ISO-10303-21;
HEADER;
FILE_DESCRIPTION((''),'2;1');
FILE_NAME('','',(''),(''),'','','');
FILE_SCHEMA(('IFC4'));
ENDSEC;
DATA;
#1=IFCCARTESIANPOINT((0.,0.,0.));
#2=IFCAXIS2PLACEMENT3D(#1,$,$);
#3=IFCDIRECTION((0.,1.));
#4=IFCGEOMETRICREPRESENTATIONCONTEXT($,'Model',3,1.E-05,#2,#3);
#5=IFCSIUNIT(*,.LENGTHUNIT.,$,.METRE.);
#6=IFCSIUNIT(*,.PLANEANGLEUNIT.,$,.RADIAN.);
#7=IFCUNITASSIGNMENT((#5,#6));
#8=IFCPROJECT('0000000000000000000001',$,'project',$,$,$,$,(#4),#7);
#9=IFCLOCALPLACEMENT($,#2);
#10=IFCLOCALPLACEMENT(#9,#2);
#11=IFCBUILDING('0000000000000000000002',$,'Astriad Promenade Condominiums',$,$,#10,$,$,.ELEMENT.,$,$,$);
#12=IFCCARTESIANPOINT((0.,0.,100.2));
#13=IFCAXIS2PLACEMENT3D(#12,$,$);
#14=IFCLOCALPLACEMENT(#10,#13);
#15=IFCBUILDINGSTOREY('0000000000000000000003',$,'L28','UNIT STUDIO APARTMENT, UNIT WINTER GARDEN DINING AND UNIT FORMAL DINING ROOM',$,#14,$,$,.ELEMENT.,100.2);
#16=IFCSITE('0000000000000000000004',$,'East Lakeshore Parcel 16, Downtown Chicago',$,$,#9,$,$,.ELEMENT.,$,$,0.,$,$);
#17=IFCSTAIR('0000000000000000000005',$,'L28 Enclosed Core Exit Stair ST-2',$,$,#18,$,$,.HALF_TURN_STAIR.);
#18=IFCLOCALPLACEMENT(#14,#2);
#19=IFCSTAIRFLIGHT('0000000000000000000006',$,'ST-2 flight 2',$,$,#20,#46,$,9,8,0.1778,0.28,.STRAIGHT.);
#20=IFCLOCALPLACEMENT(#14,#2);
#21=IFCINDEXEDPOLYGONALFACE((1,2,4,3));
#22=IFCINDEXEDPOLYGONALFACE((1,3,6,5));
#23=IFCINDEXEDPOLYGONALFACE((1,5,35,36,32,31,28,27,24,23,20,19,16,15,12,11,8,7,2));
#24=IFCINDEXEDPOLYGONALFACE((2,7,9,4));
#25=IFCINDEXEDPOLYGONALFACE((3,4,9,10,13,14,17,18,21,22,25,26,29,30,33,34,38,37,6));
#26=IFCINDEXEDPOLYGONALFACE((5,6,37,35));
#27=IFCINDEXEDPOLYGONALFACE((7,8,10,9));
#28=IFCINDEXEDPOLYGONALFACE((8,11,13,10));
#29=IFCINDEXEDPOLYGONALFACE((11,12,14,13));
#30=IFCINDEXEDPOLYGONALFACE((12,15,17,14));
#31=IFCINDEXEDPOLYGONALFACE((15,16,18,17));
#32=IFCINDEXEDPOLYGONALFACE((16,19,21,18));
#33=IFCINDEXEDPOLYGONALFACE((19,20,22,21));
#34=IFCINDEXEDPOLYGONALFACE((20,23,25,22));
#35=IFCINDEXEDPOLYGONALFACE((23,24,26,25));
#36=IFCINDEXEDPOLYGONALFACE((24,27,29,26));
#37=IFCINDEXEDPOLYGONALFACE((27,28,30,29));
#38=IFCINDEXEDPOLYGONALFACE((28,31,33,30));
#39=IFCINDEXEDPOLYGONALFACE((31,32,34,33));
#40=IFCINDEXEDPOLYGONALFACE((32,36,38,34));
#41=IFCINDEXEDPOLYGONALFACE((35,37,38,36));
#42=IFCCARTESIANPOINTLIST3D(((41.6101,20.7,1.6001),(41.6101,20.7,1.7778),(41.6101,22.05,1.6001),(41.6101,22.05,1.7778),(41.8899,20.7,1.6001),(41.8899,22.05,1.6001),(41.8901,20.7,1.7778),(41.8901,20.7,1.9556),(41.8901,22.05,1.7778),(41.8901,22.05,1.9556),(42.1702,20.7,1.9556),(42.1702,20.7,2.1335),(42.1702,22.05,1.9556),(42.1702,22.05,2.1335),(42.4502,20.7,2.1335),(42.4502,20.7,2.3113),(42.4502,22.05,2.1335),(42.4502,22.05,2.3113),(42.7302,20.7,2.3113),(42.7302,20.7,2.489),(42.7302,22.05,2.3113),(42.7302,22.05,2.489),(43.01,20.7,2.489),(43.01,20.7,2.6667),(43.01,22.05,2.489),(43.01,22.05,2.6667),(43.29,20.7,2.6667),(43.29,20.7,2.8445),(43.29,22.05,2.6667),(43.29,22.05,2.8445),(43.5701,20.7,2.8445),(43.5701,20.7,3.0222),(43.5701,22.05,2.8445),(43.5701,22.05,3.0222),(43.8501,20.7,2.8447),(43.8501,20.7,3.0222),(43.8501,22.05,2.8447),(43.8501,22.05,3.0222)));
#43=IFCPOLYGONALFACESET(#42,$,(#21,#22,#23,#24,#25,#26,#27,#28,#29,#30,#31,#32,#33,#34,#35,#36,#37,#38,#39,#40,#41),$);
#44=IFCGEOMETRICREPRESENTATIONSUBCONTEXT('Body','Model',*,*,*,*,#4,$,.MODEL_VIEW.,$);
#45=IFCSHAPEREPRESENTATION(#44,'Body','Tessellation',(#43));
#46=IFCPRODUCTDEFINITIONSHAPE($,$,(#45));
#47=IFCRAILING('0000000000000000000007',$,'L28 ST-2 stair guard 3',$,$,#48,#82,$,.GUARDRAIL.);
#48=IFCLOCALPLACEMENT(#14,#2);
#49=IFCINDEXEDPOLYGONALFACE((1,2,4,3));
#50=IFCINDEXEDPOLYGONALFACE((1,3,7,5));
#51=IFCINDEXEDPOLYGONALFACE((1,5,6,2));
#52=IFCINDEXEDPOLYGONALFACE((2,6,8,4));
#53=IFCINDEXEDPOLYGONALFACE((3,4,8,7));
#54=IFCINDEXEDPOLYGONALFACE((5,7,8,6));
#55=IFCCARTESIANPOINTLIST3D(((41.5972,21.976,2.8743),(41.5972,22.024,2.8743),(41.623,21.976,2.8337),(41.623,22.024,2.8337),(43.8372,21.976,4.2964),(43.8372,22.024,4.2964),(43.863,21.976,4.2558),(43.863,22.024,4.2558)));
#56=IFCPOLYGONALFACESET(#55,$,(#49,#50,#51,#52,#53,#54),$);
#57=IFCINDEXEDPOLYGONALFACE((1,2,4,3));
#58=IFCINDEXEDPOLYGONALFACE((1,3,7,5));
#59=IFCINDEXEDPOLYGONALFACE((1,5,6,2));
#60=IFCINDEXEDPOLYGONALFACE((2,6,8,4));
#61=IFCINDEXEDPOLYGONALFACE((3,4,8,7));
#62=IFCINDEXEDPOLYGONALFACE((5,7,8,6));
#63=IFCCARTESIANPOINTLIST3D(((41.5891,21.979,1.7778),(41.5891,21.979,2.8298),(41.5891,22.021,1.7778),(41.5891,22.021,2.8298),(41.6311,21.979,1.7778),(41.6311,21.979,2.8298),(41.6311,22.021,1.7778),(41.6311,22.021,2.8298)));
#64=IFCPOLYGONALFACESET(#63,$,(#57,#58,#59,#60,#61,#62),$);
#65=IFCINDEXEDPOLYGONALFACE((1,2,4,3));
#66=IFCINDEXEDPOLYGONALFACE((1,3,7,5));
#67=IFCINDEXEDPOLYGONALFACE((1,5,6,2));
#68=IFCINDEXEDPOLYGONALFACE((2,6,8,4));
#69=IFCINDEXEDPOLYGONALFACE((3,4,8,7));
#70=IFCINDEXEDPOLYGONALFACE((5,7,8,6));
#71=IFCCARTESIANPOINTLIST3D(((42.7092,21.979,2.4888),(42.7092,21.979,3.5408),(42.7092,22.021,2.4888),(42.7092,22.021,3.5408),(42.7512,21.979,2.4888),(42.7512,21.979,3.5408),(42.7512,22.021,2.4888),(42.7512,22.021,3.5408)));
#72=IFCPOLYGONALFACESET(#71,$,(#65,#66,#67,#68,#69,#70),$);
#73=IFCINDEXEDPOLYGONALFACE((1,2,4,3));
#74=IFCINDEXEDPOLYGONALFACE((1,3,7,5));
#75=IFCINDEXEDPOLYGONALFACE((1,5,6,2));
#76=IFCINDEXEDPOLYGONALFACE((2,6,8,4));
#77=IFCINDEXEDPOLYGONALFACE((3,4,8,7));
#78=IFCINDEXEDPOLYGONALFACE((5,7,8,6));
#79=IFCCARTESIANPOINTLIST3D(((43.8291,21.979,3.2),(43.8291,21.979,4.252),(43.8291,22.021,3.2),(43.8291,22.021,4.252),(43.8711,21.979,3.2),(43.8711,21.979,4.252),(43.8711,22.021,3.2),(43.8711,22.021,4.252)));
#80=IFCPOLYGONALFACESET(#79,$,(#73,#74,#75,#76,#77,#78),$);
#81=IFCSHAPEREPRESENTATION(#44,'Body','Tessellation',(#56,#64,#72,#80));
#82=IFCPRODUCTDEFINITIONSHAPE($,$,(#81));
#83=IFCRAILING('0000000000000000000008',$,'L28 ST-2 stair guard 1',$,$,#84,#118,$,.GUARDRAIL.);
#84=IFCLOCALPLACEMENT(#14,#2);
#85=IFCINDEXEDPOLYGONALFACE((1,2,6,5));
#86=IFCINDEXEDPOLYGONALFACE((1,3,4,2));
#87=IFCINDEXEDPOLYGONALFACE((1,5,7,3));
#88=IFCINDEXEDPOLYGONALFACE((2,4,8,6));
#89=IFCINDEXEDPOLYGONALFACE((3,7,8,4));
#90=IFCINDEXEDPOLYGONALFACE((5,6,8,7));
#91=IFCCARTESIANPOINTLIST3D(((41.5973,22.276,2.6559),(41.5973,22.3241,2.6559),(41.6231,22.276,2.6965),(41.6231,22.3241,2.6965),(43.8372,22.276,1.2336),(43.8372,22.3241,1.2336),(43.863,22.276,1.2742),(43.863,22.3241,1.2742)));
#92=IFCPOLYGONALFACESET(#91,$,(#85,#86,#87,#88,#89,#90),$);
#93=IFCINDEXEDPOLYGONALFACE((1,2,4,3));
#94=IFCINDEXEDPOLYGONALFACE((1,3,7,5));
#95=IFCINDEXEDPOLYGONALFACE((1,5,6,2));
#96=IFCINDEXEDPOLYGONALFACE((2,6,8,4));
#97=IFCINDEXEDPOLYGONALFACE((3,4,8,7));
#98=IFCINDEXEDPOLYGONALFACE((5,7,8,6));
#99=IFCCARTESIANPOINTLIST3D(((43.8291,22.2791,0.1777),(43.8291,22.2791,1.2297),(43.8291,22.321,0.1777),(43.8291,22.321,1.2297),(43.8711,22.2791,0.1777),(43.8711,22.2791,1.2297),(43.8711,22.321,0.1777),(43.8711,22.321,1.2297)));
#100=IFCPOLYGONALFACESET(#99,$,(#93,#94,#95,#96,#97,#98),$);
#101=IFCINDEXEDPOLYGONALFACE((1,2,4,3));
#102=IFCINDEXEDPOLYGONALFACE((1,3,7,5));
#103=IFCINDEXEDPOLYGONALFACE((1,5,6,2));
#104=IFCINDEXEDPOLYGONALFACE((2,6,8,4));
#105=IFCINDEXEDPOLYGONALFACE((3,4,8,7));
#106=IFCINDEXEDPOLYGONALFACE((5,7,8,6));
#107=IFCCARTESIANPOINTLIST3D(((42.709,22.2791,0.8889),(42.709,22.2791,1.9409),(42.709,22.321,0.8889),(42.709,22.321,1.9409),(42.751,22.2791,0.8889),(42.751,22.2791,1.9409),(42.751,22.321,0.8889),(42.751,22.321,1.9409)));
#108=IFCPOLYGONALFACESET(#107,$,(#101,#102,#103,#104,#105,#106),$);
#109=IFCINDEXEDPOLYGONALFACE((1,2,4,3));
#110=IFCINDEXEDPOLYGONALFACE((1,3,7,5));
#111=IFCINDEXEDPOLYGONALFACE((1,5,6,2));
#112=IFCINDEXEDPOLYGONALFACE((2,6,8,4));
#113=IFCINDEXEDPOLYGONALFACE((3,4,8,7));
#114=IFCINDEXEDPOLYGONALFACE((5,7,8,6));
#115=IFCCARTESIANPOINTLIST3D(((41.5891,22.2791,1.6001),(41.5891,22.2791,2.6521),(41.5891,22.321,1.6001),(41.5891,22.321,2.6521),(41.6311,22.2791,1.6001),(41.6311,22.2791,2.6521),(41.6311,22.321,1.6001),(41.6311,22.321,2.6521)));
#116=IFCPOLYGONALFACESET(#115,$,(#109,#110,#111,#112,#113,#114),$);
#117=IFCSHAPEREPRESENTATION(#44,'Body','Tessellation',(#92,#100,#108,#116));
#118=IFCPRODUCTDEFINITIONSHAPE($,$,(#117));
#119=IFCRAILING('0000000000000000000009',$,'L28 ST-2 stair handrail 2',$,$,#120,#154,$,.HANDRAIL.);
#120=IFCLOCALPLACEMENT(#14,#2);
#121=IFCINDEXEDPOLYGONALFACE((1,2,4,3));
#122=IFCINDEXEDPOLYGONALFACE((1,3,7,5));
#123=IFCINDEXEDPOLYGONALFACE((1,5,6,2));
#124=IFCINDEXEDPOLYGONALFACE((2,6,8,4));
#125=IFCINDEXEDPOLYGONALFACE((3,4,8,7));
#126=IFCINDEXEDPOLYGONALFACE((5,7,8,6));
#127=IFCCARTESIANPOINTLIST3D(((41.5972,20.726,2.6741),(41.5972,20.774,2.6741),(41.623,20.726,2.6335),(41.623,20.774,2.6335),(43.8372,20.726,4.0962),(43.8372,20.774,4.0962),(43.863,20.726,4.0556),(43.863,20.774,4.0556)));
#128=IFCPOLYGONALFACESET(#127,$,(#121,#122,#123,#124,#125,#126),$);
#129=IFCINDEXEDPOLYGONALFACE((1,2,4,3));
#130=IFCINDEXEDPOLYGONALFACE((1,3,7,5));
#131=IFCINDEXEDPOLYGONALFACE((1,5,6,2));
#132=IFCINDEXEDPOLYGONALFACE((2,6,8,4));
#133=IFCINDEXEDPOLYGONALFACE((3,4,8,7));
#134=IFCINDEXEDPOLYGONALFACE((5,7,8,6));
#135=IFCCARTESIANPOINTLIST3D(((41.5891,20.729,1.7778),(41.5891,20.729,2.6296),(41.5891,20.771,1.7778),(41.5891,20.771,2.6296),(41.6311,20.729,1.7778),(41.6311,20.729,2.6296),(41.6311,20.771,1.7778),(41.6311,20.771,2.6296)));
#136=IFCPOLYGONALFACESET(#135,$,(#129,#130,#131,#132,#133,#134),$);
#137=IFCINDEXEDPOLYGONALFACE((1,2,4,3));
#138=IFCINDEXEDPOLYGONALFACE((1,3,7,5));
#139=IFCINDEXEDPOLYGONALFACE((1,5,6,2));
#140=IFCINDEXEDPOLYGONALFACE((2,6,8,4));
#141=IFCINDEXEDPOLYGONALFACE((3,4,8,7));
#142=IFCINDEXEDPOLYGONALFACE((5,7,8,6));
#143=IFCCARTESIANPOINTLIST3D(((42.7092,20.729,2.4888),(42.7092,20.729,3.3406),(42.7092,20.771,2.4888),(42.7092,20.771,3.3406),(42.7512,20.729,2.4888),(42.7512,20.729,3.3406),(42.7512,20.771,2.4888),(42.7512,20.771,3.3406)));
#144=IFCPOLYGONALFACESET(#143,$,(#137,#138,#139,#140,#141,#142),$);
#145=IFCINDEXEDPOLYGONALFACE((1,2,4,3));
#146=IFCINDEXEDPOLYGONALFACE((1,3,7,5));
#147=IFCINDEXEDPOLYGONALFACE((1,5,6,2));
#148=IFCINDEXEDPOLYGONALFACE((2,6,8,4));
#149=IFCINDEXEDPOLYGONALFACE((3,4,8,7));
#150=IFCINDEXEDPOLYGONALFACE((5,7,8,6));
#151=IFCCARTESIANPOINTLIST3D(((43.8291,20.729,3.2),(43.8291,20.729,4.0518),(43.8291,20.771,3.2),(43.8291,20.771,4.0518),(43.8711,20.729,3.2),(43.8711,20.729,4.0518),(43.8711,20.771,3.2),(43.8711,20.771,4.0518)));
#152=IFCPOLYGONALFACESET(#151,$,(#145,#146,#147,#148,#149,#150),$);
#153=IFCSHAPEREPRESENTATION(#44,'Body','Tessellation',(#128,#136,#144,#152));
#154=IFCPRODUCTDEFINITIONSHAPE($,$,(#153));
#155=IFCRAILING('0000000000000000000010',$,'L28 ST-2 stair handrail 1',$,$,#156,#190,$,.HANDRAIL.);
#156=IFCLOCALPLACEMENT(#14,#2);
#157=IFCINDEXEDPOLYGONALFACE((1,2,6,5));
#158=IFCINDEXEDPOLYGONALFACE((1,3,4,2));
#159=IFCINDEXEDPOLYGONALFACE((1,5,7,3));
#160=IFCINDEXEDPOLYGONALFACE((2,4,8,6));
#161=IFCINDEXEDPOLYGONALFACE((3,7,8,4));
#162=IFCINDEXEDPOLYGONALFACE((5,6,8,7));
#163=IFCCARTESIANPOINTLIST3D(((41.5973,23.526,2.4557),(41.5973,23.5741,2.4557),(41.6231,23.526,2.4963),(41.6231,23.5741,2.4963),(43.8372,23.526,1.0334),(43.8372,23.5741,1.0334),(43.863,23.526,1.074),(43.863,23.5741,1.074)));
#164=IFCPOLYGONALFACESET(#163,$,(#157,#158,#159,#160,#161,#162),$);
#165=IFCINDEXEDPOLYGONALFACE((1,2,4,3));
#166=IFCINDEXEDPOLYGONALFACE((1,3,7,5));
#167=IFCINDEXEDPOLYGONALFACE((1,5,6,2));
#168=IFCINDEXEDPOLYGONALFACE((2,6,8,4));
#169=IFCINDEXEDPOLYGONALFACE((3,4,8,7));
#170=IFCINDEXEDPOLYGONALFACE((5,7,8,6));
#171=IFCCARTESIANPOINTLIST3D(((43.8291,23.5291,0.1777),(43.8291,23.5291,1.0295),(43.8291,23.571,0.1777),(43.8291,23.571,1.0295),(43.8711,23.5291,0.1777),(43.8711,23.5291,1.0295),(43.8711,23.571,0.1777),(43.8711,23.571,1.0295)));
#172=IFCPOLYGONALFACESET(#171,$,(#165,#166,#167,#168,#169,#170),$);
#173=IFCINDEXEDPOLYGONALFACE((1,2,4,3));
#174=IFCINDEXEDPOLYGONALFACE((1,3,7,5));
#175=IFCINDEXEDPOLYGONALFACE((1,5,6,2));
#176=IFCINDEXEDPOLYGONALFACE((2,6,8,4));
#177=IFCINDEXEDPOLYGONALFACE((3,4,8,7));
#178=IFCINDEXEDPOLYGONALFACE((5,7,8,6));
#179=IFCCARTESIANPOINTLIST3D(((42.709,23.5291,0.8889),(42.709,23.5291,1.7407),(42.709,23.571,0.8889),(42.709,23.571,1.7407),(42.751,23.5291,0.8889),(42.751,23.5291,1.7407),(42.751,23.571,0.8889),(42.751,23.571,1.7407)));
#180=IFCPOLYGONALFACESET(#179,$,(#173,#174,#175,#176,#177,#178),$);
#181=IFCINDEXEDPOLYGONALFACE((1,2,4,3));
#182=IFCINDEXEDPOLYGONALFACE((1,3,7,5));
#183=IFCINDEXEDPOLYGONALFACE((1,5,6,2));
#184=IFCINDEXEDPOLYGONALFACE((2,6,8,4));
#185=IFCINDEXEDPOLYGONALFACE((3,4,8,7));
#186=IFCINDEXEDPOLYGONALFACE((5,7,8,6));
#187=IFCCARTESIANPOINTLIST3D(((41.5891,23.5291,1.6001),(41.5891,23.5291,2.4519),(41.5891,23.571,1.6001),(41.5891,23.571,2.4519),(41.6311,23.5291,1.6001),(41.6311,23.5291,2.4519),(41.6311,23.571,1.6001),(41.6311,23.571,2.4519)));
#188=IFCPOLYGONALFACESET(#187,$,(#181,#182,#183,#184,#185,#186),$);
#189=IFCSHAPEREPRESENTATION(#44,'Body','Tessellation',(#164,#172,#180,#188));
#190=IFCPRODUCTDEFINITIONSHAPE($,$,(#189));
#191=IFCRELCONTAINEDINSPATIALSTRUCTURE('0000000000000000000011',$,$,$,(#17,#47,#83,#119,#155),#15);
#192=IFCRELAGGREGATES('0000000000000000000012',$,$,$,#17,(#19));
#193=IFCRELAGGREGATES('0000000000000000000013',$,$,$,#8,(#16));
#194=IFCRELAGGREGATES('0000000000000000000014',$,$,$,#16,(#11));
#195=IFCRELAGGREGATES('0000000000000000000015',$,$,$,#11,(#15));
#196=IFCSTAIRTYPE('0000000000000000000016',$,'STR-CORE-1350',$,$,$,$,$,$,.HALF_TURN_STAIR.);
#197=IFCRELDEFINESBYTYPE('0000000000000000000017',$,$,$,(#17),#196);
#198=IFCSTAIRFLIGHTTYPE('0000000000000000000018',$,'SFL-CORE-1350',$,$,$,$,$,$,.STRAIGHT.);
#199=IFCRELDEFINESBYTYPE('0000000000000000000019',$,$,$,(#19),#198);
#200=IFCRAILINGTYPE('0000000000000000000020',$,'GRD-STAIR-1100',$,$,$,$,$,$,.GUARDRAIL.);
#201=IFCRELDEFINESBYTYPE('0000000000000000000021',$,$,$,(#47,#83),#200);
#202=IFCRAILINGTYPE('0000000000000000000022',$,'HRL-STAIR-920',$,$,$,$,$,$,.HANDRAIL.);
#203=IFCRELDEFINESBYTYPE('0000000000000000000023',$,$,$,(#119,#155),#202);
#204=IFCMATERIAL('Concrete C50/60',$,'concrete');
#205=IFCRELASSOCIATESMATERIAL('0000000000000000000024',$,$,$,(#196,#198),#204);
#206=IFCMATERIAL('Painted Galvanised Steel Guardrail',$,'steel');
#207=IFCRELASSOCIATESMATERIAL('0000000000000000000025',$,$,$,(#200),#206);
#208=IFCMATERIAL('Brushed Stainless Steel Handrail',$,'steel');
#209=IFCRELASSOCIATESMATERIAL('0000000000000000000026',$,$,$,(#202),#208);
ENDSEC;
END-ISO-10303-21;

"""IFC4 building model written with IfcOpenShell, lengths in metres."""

from ifc_helpers import new_model, si_unit, direction, frame, origin, origin_2d, place, context, subcontext, project, spatial, polyline, rectangle, outline, extrude, source, transform, mapped, material, type_object, type_shapes, element, aggregate, save


model = new_model("IFC4")

# Units and contexts
model_context = context("Model", 3, precision=1e-05, world=origin(), true_north=direction((0.0, 1.0)))
body_context = subcontext(model_context, "Body", "Model", "MODEL_VIEW")
ifc_project = project(units=[si_unit("LENGTHUNIT", "METRE"), si_unit("PLANEANGLEUNIT", "RADIAN")], contexts=[model_context])

# Site, building, storey
site_placement = place(None, origin())
site = spatial("IfcSite", under=ifc_project, at=site_placement, Name="East Lakeshore Parcel 16, Downtown Chicago", CompositionType="ELEMENT", RefElevation=0.0)
building_placement = place(site_placement, origin())
building = spatial("IfcBuilding", under=site, at=building_placement, Name="Astriad Promenade Condominiums", CompositionType="ELEMENT")
storey_placement = place(building_placement, frame((0.0, 0.0, 100.2)))
storey = spatial("IfcBuildingStorey", under=building, at=storey_placement, Name="L28", Description="UNIT STUDIO APARTMENT, UNIT WINTER GARDEN DINING AND UNIT FORMAL DINING ROOM", CompositionType="ELEMENT", Elevation=100.2)

# Shared definitions
ifc_material_1 = material(Name="Concrete C50/60", Category="concrete")

# Stair, stair flight
stair_type = type_object("IfcStairType", Name="STR-CORE-1350", PredefinedType="HALF_TURN_STAIR", material=ifc_material_1)
stair_placement = place(storey_placement, origin())
stair = element("IfcStair", 1, at=stair_placement, inside=storey, type_object=stair_type, Name="L28 Enclosed Core Exit Stair ST-2", PredefinedType="HALF_TURN_STAIR")
stair_flight_type = type_object("IfcStairFlightType", Name="SFL-CORE-1350", PredefinedType="STRAIGHT", material=ifc_material_1)
shared_shape_1 = source(origin(), body_context, "Body", "SweptSolid", [
    extrude(outline(polyline([(0.0, 0.0), (0.0, 0.1777), (0.28, 0.1777), (0.28, 0.3555), (0.5601, 0.3555), (0.5601, 0.5334), (0.8401, 0.5334), (0.8401, 0.7112), (1.1201, 0.7112), (1.1201, 0.8889), (1.3999, 0.8889), (1.3999, 1.0667), (1.6799, 1.0667), (1.6799, 1.2444), (1.96, 1.2444), (1.96, 1.4221), (2.24, 1.4221), (2.24, 1.6001), (2.24, 1.2446), (0.2798, 0.0), (0.0, 0.0)])), frame((0.0, 0.675, 0.0), z_axis=(0.0, -1.0, 0.0), x_axis=(1.0, 0.0, 0.0)), (0.0, 0.0, 1.0), 1.3501),
])
type_shapes(stair_flight_type, [shared_shape_1])
stair_flight_1_placement = place(storey_placement, frame((41.6101, 21.375, 1.6001), z_axis=(0.0, 0.0, 1.0), x_axis=(1.0, 0.0, 0.0)))
stair_flight_1 = element("IfcStairFlight", 2, at=stair_flight_1_placement, type_object=stair_flight_type, Name="ST-2 flight 2", NumberOfRisers=9, NumberOfTreads=8, PredefinedType="STRAIGHT", RiserHeight=0.1778, TreadLength=0.28, context=body_context, shape_type="MappedRepresentation", body=[
    mapped(shared_shape_1, transform((0.0, 0.0, 0.0), scale=1.0)),
])
aggregate(stair, [stair_flight_1])

# Railings
ifc_material_2 = material(Name="Painted Galvanised Steel Guardrail", Category="steel")
railing_type_1 = type_object("IfcRailingType", Name="GRD-STAIR-1100", PredefinedType="GUARDRAIL", material=ifc_material_2)
shared_shape_2 = source(origin(), body_context, "Body", "SweptSolid", [
    extrude(rectangle(XDim=0.0481, YDim=0.0481, at=origin_2d()), frame((0.0, 0.0, 1.0762), z_axis=(0.844229, 0.0, 0.535982), x_axis=(0.0, 1.0, 0.0)), (0.0, 0.0, 1.0), 2.6533),
    extrude(rectangle(XDim=0.042, YDim=0.042, at=origin_2d()), origin(), (0.0, 0.0, 1.0), 1.052),
    extrude(rectangle(XDim=0.042, YDim=0.042, at=origin_2d()), frame((1.1201, 0.0, 0.7109)), (0.0, 0.0, 1.0), 1.052),
    extrude(rectangle(XDim=0.042, YDim=0.042, at=origin_2d()), frame((2.24, 0.0, 1.4221)), (0.0, 0.0, 1.0), 1.052),
])
railing_1_placement = place(storey_placement, frame((41.6101, 22.0, 1.7778)))
element("IfcRailing", 3, at=railing_1_placement, inside=storey, type_object=railing_type_1, Name="L28 ST-2 stair guard 3", PredefinedType="GUARDRAIL", context=body_context, shape_type="MappedRepresentation", body=[
    mapped(shared_shape_2, transform((0.0, 0.0, 0.0), scale=1.0)),
])
shared_shape_3 = source(origin(), body_context, "Body", "SweptSolid", [
    extrude(rectangle(XDim=0.0481, YDim=0.0481, at=origin_2d()), frame((0.0, 0.0, 1.0762), z_axis=(-0.844188, 0.0, 0.536048), x_axis=(0.0, -1.0, 0.0)), (0.0, 0.0, 1.0), 2.6533),
    extrude(rectangle(XDim=0.042, YDim=0.042, at=origin_2d()), origin(), (0.0, 0.0, 1.0), 1.052),
    extrude(rectangle(XDim=0.042, YDim=0.042, at=origin_2d()), frame((-1.1201, 0.0, 0.7112)), (0.0, 0.0, 1.0), 1.052),
    extrude(rectangle(XDim=0.042, YDim=0.042, at=origin_2d()), frame((-2.24, 0.0, 1.4224)), (0.0, 0.0, 1.0), 1.052),
])
railing_2_placement = place(storey_placement, frame((43.8501, 22.3, 0.1777)))
element("IfcRailing", 4, at=railing_2_placement, inside=storey, type_object=railing_type_1, Name="L28 ST-2 stair guard 1", PredefinedType="GUARDRAIL", context=body_context, shape_type="MappedRepresentation", body=[
    mapped(shared_shape_3, transform((0.0, 0.0, 0.0), scale=1.0)),
])
ifc_material_3 = material(Name="Brushed Stainless Steel Handrail", Category="steel")
railing_type_2 = type_object("IfcRailingType", Name="HRL-STAIR-920", PredefinedType="HANDRAIL", material=ifc_material_3)
shared_shape_4 = source(origin(), body_context, "Body", "SweptSolid", [
    extrude(rectangle(XDim=0.0481, YDim=0.0481, at=origin_2d()), frame((0.0, 0.0, 0.876), z_axis=(0.844229, 0.0, 0.535982), x_axis=(0.0, 1.0, 0.0)), (0.0, 0.0, 1.0), 2.6533),
    extrude(rectangle(XDim=0.042, YDim=0.042, at=origin_2d()), origin(), (0.0, 0.0, 1.0), 0.8518),
    extrude(rectangle(XDim=0.042, YDim=0.042, at=origin_2d()), frame((1.1201, 0.0, 0.7109)), (0.0, 0.0, 1.0), 0.8518),
    extrude(rectangle(XDim=0.042, YDim=0.042, at=origin_2d()), frame((2.24, 0.0, 1.4221)), (0.0, 0.0, 1.0), 0.8518),
])
railing_3_placement = place(storey_placement, frame((41.6101, 20.75, 1.7778)))
element("IfcRailing", 5, at=railing_3_placement, inside=storey, type_object=railing_type_2, Name="L28 ST-2 stair handrail 2", PredefinedType="HANDRAIL", context=body_context, shape_type="MappedRepresentation", body=[
    mapped(shared_shape_4, transform((0.0, 0.0, 0.0), scale=1.0)),
])
shared_shape_5 = source(origin(), body_context, "Body", "SweptSolid", [
    extrude(rectangle(XDim=0.0481, YDim=0.0481, at=origin_2d()), frame((0.0, 0.0, 0.876), z_axis=(-0.844188, 0.0, 0.536048), x_axis=(0.0, -1.0, 0.0)), (0.0, 0.0, 1.0), 2.6533),
    extrude(rectangle(XDim=0.042, YDim=0.042, at=origin_2d()), origin(), (0.0, 0.0, 1.0), 0.8518),
    extrude(rectangle(XDim=0.042, YDim=0.042, at=origin_2d()), frame((-1.1201, 0.0, 0.7112)), (0.0, 0.0, 1.0), 0.8518),
    extrude(rectangle(XDim=0.042, YDim=0.042, at=origin_2d()), frame((-2.24, 0.0, 1.4224)), (0.0, 0.0, 1.0), 0.8518),
])
type_shapes(railing_type_2, [shared_shape_4, shared_shape_5])
railing_4_placement = place(storey_placement, frame((43.8501, 23.55, 0.1777)))
element("IfcRailing", 6, at=railing_4_placement, inside=storey, type_object=railing_type_2, Name="L28 ST-2 stair handrail 1", PredefinedType="HANDRAIL", context=body_context, shape_type="MappedRepresentation", body=[
    mapped(shared_shape_5, transform((0.0, 0.0, 0.0), scale=1.0)),
])

save(model, "model.ifc")
